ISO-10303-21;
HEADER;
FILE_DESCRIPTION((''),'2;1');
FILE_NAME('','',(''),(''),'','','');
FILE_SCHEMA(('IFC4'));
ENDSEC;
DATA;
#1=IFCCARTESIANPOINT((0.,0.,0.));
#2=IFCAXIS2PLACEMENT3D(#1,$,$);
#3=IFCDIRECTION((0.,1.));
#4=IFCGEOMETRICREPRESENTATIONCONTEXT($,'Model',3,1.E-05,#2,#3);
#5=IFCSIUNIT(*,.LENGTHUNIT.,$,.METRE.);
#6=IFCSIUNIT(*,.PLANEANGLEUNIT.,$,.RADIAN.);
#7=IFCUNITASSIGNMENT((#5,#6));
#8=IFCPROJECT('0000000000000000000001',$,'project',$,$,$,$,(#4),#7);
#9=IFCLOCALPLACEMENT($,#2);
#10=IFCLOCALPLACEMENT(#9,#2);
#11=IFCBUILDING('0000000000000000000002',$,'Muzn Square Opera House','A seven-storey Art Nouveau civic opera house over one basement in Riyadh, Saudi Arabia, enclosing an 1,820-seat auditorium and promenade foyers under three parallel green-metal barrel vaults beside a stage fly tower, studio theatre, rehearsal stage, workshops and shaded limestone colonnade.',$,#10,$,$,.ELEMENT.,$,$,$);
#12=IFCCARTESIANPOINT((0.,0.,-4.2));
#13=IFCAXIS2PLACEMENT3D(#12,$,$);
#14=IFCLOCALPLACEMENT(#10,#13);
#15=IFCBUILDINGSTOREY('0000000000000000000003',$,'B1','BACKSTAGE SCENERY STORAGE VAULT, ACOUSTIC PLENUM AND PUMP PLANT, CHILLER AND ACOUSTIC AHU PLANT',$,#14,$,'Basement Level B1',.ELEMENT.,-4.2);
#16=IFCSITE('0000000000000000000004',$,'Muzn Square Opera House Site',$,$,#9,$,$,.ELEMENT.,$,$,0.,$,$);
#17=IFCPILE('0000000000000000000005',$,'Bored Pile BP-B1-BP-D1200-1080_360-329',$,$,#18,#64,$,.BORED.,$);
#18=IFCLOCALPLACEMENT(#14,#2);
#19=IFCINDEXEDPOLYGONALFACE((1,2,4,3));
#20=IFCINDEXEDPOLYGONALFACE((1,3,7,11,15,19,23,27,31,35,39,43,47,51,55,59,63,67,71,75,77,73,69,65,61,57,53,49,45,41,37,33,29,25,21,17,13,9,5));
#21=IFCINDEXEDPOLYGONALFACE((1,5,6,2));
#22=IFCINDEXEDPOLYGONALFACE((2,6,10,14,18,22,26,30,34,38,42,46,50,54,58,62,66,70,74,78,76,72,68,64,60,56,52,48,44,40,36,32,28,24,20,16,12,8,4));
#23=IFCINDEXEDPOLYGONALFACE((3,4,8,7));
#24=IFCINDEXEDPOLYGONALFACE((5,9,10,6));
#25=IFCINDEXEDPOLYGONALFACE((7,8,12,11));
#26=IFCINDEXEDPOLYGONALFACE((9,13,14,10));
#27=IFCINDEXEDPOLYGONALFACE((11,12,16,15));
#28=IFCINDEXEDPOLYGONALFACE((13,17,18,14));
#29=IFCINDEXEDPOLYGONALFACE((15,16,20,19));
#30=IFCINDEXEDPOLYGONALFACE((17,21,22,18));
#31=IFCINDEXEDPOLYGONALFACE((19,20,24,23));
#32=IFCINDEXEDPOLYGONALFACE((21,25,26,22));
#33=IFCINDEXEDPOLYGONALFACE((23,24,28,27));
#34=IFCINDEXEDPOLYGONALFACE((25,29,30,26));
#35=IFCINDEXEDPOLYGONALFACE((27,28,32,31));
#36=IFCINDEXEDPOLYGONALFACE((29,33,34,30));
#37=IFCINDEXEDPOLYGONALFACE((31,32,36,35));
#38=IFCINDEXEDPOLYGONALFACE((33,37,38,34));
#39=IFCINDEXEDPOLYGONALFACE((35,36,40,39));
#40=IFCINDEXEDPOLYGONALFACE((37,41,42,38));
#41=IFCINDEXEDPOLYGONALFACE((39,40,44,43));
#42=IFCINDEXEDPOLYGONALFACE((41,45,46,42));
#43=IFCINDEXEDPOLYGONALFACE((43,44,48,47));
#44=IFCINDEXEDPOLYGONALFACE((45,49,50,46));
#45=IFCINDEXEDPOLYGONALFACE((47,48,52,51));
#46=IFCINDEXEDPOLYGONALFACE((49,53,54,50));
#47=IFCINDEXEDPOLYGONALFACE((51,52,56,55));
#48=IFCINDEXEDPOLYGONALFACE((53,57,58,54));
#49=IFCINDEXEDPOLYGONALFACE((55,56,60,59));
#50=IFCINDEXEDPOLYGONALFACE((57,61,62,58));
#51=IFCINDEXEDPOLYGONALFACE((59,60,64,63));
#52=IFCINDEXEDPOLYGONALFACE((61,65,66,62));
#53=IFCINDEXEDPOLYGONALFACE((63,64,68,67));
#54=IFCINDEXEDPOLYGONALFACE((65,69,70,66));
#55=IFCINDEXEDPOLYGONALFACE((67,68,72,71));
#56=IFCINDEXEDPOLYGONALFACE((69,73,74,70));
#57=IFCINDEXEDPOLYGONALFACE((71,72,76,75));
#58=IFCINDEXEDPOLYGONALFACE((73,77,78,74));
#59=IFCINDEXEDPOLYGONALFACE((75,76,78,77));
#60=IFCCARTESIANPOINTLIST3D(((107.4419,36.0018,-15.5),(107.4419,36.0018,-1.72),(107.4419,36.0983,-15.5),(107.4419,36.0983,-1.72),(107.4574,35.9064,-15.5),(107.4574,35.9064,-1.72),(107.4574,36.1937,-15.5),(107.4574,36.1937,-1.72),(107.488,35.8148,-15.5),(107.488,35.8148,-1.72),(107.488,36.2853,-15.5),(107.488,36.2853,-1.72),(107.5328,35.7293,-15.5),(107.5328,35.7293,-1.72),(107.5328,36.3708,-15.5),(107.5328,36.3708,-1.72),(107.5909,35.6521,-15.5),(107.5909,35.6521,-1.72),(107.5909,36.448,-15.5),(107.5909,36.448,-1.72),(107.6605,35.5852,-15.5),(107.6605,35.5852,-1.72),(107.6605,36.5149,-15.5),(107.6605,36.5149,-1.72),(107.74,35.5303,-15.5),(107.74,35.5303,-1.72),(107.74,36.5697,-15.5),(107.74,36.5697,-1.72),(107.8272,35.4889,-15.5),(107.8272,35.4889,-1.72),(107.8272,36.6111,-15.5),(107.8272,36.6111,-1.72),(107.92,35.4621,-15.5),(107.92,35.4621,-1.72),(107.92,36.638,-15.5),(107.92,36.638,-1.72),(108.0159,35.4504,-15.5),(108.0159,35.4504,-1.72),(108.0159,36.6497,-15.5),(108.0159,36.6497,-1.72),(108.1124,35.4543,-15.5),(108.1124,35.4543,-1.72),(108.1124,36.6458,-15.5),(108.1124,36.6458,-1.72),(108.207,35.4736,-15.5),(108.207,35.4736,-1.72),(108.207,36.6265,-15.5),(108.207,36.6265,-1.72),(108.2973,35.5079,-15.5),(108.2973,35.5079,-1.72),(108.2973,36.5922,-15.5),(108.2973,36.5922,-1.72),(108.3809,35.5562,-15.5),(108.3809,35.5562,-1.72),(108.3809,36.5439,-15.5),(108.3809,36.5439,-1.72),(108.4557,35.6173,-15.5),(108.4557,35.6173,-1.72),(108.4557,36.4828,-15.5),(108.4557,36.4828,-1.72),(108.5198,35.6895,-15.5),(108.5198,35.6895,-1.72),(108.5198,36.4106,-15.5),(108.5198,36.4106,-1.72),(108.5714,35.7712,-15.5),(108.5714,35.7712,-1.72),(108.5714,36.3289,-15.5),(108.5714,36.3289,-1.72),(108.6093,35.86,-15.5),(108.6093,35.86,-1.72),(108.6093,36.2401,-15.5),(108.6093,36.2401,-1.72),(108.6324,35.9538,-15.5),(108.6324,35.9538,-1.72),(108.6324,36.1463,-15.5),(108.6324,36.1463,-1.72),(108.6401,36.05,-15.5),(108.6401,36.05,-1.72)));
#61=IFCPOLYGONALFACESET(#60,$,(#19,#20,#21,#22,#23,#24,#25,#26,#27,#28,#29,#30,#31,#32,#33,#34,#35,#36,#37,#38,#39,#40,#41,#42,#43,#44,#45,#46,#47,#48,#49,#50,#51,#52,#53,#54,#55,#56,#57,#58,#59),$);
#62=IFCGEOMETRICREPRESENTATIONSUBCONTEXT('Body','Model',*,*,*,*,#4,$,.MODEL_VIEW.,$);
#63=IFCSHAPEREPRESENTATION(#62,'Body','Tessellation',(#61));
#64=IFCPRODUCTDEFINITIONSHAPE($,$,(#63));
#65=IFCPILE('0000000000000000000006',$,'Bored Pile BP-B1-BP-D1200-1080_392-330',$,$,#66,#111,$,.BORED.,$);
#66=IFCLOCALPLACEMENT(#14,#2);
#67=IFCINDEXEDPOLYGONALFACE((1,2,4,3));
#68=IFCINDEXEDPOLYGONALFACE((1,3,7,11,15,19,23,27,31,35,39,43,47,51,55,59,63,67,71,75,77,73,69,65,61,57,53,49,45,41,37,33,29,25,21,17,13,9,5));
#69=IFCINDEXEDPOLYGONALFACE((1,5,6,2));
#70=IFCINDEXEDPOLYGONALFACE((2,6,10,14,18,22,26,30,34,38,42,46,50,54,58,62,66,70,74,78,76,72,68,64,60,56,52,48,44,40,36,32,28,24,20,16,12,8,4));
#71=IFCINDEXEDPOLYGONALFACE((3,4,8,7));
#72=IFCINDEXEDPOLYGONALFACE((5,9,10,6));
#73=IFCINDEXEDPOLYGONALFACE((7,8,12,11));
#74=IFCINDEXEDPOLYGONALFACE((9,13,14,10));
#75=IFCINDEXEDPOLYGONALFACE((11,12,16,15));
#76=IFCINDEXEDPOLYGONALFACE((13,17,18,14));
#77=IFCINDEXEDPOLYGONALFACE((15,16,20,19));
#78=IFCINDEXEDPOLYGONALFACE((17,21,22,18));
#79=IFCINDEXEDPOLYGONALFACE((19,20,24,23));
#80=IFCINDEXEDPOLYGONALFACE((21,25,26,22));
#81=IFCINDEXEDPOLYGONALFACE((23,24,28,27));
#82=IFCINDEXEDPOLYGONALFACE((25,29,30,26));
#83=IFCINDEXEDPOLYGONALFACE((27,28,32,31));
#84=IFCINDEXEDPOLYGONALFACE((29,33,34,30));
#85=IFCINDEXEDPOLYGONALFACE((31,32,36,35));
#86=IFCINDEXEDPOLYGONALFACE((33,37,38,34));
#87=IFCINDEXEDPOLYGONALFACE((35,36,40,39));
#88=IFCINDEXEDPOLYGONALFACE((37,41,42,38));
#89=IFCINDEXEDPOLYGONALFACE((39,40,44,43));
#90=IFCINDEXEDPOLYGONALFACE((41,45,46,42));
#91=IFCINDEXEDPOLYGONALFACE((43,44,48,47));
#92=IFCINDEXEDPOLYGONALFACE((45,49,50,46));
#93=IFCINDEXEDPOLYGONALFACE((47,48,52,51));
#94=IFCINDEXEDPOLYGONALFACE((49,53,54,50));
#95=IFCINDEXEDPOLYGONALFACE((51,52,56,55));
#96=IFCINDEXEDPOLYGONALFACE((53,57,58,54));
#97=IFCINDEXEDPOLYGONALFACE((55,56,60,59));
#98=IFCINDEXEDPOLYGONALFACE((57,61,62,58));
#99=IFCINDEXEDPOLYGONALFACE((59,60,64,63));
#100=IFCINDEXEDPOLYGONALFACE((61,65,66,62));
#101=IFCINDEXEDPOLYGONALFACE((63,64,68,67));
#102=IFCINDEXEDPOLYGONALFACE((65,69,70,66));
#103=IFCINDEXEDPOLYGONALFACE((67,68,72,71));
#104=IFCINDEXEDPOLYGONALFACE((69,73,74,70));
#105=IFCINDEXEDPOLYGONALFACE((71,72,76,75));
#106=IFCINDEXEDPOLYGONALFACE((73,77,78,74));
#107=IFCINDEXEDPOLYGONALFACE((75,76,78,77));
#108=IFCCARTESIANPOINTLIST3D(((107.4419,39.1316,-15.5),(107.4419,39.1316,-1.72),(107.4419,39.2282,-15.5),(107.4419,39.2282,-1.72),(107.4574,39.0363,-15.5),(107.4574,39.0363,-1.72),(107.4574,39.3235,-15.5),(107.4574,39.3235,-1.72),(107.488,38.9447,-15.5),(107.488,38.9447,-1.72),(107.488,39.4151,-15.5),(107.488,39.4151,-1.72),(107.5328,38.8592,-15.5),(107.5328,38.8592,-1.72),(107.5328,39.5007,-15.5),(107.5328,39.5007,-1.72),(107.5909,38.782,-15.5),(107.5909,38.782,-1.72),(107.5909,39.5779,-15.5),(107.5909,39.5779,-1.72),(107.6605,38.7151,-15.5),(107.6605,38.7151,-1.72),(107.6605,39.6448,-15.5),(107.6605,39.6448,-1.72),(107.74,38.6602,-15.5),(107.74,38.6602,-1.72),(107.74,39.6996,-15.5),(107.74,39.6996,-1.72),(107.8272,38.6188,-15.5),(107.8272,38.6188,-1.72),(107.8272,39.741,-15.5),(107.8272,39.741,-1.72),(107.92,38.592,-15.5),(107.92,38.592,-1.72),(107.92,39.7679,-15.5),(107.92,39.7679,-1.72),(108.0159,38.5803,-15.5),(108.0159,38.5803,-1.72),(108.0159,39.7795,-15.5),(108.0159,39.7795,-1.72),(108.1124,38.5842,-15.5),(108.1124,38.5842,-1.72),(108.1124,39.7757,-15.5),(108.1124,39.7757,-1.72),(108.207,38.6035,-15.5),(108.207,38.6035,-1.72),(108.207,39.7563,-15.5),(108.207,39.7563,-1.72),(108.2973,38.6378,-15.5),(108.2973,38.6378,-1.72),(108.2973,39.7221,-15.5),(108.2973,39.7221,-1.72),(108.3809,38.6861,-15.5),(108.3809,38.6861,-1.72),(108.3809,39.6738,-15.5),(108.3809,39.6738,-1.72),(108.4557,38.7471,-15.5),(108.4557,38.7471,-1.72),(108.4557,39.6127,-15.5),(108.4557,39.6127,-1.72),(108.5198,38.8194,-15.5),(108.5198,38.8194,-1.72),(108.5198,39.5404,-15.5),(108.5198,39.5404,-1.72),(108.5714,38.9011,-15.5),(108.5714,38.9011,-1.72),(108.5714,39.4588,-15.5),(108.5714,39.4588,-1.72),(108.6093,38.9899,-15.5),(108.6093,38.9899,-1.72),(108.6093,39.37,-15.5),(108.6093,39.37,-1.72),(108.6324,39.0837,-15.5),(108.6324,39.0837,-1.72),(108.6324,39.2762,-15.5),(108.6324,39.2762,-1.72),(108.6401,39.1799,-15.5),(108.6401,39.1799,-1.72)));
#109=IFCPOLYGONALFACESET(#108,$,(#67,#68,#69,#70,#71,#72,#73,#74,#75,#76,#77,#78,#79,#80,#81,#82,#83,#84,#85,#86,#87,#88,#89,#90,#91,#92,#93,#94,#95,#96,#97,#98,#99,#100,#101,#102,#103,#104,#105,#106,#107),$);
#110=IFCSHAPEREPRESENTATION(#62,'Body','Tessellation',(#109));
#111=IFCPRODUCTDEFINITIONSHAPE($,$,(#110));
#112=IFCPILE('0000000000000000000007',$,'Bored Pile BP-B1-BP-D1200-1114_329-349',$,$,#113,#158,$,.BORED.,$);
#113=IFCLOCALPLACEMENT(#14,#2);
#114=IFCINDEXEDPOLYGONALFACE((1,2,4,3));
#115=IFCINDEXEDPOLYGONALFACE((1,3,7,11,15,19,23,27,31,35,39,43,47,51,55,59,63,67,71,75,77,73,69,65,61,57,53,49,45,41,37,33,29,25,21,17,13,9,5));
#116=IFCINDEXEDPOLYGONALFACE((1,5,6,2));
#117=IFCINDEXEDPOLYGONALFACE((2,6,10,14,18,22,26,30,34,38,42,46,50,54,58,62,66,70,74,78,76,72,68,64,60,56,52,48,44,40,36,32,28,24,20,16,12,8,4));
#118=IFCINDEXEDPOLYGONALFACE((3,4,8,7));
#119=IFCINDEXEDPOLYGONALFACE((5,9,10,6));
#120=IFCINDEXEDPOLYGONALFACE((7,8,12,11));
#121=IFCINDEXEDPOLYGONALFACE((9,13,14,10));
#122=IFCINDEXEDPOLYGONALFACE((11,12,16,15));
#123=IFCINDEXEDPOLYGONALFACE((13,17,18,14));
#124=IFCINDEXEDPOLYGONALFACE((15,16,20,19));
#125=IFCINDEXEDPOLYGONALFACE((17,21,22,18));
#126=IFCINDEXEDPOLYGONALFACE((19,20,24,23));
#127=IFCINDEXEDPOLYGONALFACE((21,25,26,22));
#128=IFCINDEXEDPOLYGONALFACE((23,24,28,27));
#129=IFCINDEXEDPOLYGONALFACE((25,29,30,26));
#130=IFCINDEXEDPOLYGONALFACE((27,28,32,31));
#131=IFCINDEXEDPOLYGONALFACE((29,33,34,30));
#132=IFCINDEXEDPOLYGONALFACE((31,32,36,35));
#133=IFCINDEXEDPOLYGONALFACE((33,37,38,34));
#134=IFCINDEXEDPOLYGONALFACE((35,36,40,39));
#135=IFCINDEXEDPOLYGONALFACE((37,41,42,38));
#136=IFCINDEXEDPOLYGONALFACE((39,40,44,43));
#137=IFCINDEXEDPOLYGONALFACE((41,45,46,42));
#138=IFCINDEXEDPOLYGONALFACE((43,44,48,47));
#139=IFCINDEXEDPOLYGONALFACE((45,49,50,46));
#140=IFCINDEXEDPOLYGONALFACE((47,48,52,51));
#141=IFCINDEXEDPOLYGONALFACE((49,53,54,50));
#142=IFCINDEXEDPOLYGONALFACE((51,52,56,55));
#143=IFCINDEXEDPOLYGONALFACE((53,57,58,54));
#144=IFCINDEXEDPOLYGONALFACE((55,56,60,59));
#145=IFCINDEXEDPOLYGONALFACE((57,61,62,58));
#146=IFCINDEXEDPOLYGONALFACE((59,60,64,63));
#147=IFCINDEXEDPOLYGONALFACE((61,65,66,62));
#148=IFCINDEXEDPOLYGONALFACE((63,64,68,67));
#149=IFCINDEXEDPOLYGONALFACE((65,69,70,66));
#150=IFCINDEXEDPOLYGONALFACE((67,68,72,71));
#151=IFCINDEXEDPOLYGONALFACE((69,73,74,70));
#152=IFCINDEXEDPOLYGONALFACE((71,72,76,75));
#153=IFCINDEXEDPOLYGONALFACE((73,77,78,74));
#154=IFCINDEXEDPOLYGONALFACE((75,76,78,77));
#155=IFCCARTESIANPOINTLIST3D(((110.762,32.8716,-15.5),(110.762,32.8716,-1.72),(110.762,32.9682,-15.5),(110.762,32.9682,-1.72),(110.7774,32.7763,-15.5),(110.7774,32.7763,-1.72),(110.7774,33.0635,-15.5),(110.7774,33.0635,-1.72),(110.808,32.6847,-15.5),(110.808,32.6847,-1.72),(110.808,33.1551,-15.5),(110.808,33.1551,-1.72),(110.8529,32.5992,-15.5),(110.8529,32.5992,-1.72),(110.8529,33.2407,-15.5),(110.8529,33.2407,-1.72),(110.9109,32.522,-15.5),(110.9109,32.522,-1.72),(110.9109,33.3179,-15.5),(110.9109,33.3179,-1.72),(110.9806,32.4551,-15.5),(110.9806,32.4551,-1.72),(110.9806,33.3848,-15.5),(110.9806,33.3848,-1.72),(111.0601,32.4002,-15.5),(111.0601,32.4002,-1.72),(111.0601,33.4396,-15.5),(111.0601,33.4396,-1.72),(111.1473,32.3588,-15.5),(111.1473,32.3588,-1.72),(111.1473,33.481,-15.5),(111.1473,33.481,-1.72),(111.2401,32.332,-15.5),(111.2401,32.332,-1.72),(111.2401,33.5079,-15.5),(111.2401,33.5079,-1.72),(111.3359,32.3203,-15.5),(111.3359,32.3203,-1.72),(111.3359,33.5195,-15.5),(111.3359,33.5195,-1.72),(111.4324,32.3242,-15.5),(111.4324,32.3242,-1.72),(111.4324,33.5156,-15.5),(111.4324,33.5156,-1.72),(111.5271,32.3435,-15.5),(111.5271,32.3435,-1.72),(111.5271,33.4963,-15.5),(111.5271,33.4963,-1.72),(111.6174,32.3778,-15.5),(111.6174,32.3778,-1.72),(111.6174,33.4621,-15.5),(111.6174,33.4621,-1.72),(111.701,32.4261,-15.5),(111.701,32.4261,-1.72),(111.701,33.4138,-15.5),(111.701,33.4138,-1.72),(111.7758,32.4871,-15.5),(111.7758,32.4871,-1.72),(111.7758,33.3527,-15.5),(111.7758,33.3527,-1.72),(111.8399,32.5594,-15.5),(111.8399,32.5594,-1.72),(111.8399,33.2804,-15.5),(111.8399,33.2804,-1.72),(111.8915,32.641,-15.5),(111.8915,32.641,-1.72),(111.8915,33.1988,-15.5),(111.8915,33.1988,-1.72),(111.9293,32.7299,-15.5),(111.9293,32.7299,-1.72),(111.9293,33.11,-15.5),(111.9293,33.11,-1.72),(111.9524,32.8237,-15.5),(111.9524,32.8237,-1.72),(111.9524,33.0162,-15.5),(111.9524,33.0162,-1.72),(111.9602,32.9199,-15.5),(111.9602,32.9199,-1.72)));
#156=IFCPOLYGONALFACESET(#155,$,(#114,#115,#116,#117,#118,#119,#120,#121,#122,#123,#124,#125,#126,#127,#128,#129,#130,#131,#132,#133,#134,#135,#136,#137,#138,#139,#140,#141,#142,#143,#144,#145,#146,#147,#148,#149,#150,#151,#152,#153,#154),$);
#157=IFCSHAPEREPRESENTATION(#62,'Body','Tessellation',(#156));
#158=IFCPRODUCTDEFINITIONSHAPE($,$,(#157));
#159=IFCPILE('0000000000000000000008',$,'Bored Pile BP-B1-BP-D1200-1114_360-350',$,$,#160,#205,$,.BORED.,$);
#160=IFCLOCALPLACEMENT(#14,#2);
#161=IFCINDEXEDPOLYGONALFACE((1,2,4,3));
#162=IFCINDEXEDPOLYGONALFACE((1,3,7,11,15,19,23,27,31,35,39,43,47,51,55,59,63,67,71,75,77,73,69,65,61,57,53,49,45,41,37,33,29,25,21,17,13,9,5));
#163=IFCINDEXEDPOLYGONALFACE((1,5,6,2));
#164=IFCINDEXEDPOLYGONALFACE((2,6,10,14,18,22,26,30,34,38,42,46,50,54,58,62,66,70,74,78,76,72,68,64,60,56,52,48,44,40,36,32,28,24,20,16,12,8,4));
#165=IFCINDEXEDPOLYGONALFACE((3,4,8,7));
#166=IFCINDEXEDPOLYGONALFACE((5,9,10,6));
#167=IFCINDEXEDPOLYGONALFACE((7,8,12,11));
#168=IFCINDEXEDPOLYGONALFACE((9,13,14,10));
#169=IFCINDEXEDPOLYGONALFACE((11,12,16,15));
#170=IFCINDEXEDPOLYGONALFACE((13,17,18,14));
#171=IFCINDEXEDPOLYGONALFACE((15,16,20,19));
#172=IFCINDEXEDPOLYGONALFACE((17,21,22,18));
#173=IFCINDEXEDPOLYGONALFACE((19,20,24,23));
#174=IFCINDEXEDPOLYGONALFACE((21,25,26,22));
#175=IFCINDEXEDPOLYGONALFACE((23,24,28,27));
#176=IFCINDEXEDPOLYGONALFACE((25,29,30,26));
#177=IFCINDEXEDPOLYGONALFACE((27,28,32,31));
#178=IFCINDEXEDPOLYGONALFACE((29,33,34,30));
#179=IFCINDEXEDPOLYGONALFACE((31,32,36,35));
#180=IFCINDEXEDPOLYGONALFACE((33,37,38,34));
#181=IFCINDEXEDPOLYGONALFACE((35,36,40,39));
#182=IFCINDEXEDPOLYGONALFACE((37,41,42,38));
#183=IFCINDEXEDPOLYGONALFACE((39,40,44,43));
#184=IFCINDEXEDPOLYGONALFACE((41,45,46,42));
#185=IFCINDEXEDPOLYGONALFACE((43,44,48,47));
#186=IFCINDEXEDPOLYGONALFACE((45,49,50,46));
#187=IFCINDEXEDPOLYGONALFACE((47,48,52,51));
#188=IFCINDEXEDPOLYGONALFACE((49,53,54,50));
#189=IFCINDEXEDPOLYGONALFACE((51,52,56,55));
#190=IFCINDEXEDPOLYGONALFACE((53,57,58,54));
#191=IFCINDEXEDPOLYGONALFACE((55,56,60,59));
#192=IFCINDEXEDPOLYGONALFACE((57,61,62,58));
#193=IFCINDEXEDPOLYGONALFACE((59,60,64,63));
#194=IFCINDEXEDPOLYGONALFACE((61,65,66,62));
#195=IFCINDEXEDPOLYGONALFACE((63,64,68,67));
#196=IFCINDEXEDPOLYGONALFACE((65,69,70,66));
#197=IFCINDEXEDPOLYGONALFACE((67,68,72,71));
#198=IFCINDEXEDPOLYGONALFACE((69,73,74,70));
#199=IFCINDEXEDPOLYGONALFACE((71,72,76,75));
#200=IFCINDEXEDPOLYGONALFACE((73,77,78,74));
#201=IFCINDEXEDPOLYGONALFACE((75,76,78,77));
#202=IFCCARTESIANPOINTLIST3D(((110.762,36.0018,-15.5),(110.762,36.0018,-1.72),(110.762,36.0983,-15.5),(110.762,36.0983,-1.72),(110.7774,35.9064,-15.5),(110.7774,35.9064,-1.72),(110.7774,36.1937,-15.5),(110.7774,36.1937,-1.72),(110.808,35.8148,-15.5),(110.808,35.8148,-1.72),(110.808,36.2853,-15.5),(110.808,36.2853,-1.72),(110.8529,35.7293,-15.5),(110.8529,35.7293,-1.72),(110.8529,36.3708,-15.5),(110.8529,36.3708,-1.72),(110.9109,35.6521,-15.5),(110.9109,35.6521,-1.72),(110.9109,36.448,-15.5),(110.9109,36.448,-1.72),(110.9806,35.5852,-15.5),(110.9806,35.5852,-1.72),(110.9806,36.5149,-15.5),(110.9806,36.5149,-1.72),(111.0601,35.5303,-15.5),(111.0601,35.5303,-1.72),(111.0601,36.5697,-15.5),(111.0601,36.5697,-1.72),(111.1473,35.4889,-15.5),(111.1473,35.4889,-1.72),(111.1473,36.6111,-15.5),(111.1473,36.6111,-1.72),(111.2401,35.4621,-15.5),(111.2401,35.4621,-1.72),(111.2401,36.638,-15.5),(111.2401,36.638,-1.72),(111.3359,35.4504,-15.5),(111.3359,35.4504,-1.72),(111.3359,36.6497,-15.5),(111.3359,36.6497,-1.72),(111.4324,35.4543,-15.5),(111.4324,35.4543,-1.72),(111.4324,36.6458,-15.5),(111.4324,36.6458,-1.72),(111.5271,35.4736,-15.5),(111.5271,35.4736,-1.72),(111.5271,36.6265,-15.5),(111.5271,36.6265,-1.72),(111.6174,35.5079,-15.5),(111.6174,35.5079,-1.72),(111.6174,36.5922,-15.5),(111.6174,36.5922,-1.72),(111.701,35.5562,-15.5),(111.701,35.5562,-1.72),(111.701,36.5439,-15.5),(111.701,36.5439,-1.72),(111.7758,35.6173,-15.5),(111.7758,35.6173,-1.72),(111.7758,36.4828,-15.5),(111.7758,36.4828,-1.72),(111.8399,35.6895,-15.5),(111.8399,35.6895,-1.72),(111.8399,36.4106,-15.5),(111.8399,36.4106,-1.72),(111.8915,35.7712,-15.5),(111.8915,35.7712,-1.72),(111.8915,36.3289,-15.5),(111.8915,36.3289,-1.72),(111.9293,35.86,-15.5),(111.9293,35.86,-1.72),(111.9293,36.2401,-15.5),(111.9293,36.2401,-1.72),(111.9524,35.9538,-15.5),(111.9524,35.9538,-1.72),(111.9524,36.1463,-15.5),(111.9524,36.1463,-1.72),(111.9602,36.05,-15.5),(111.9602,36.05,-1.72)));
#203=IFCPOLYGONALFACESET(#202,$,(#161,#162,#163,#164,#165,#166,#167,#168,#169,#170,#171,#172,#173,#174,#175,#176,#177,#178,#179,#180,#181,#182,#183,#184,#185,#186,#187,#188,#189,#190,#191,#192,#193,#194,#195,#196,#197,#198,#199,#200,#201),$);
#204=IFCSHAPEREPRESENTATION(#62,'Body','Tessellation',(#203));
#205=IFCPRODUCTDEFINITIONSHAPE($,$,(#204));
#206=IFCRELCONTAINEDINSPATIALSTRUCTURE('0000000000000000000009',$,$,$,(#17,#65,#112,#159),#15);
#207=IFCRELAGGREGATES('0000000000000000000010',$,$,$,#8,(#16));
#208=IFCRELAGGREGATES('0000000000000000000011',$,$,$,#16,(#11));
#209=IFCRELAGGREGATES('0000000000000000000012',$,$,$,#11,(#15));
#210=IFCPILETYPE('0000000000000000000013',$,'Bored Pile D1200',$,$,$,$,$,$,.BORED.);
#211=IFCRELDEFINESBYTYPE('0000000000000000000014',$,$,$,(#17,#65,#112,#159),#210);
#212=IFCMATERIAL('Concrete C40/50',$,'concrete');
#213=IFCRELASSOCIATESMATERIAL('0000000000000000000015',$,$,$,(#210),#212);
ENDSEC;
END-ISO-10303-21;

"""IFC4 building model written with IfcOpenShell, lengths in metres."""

from ifc_helpers import new_model, si_unit, direction, frame, origin, origin_2d, place, context, subcontext, project, spatial, circle, extrude, material, material_profile, profile_set, type_object, element, save


model = new_model("IFC4")

# Units and contexts
model_context = context("Model", 3, precision=1e-05, world=origin(), true_north=direction((0.0, 1.0)))
body_context = subcontext(model_context, "Body", "Model", "MODEL_VIEW")
ifc_project = project(units=[si_unit("LENGTHUNIT", "METRE"), si_unit("PLANEANGLEUNIT", "RADIAN")], contexts=[model_context])

# Site, building, storey
site_placement = place(None, origin())
site = spatial("IfcSite", under=ifc_project, at=site_placement, Name="Muzn Square Opera House Site", CompositionType="ELEMENT", RefElevation=0.0)
building_placement = place(site_placement, origin())
building = spatial("IfcBuilding", under=site, at=building_placement, Name="Muzn Square Opera House", Description="A seven-storey Art Nouveau civic opera house over one basement in Riyadh, Saudi Arabia, enclosing an 1,820-seat auditorium and promenade foyers under three parallel green-metal barrel vaults beside a stage fly tower, studio theatre, rehearsal stage, workshops and shaded limestone colonnade.", CompositionType="ELEMENT")
storey_placement = place(building_placement, frame((0.0, 0.0, -4.2)))
storey = spatial("IfcBuildingStorey", under=building, at=storey_placement, Name="B1", Description="BACKSTAGE SCENERY STORAGE VAULT, ACOUSTIC PLENUM AND PUMP PLANT, CHILLER AND ACOUSTIC AHU PLANT", LongName="Basement Level B1", CompositionType="ELEMENT", Elevation=-4.2)

# Piles
ifc_material_1 = material(Name="Concrete C40/50", Category="concrete")
ifc_material_profile_1 = material_profile(ifc_material_1, circle(Radius=0.6001, at=origin_2d()), Name="BORED PILE D1200", Category="concrete")
ifc_profile_set_1 = profile_set([ifc_material_profile_1], Name="Concrete C40/50")
pile_type = type_object("IfcPileType", Name="Bored Pile D1200", PredefinedType="BORED", material=ifc_profile_set_1)
for number, where, z_axis, x_axis, name in (
    (1, (108.04, 36.05, -1.72), (0.0, 0.0, -1.0), (1.0, 0.0, 0.0), "Bored Pile BP-B1-BP-D1200-1080_360-329"),
    (2, (108.04, 39.1799, -1.72), (0.0, 0.0, -1.0), (1.0, 0.0, 0.0), "Bored Pile BP-B1-BP-D1200-1080_392-330"),
    (3, (111.3601, 32.9199, -1.72), (0.0, 0.0, -1.0), (1.0, 0.0, 0.0), "Bored Pile BP-B1-BP-D1200-1114_329-349"),
    (4, (111.3601, 36.05, -1.72), (0.0, 0.0, -1.0), (1.0, 0.0, 0.0), "Bored Pile BP-B1-BP-D1200-1114_360-350"),
):
    element("IfcPile", number, at=place(storey_placement, frame(where, z_axis=z_axis, x_axis=x_axis)), inside=storey, type_object=pile_type, Name=name, PredefinedType="BORED", context=body_context, shape_type="SweptSolid", body=[
        extrude(circle(Radius=0.6001, at=origin_2d()), origin(), (0.0, 0.0, 1.0), 13.78),
    ])

save(model, "model.ifc")
